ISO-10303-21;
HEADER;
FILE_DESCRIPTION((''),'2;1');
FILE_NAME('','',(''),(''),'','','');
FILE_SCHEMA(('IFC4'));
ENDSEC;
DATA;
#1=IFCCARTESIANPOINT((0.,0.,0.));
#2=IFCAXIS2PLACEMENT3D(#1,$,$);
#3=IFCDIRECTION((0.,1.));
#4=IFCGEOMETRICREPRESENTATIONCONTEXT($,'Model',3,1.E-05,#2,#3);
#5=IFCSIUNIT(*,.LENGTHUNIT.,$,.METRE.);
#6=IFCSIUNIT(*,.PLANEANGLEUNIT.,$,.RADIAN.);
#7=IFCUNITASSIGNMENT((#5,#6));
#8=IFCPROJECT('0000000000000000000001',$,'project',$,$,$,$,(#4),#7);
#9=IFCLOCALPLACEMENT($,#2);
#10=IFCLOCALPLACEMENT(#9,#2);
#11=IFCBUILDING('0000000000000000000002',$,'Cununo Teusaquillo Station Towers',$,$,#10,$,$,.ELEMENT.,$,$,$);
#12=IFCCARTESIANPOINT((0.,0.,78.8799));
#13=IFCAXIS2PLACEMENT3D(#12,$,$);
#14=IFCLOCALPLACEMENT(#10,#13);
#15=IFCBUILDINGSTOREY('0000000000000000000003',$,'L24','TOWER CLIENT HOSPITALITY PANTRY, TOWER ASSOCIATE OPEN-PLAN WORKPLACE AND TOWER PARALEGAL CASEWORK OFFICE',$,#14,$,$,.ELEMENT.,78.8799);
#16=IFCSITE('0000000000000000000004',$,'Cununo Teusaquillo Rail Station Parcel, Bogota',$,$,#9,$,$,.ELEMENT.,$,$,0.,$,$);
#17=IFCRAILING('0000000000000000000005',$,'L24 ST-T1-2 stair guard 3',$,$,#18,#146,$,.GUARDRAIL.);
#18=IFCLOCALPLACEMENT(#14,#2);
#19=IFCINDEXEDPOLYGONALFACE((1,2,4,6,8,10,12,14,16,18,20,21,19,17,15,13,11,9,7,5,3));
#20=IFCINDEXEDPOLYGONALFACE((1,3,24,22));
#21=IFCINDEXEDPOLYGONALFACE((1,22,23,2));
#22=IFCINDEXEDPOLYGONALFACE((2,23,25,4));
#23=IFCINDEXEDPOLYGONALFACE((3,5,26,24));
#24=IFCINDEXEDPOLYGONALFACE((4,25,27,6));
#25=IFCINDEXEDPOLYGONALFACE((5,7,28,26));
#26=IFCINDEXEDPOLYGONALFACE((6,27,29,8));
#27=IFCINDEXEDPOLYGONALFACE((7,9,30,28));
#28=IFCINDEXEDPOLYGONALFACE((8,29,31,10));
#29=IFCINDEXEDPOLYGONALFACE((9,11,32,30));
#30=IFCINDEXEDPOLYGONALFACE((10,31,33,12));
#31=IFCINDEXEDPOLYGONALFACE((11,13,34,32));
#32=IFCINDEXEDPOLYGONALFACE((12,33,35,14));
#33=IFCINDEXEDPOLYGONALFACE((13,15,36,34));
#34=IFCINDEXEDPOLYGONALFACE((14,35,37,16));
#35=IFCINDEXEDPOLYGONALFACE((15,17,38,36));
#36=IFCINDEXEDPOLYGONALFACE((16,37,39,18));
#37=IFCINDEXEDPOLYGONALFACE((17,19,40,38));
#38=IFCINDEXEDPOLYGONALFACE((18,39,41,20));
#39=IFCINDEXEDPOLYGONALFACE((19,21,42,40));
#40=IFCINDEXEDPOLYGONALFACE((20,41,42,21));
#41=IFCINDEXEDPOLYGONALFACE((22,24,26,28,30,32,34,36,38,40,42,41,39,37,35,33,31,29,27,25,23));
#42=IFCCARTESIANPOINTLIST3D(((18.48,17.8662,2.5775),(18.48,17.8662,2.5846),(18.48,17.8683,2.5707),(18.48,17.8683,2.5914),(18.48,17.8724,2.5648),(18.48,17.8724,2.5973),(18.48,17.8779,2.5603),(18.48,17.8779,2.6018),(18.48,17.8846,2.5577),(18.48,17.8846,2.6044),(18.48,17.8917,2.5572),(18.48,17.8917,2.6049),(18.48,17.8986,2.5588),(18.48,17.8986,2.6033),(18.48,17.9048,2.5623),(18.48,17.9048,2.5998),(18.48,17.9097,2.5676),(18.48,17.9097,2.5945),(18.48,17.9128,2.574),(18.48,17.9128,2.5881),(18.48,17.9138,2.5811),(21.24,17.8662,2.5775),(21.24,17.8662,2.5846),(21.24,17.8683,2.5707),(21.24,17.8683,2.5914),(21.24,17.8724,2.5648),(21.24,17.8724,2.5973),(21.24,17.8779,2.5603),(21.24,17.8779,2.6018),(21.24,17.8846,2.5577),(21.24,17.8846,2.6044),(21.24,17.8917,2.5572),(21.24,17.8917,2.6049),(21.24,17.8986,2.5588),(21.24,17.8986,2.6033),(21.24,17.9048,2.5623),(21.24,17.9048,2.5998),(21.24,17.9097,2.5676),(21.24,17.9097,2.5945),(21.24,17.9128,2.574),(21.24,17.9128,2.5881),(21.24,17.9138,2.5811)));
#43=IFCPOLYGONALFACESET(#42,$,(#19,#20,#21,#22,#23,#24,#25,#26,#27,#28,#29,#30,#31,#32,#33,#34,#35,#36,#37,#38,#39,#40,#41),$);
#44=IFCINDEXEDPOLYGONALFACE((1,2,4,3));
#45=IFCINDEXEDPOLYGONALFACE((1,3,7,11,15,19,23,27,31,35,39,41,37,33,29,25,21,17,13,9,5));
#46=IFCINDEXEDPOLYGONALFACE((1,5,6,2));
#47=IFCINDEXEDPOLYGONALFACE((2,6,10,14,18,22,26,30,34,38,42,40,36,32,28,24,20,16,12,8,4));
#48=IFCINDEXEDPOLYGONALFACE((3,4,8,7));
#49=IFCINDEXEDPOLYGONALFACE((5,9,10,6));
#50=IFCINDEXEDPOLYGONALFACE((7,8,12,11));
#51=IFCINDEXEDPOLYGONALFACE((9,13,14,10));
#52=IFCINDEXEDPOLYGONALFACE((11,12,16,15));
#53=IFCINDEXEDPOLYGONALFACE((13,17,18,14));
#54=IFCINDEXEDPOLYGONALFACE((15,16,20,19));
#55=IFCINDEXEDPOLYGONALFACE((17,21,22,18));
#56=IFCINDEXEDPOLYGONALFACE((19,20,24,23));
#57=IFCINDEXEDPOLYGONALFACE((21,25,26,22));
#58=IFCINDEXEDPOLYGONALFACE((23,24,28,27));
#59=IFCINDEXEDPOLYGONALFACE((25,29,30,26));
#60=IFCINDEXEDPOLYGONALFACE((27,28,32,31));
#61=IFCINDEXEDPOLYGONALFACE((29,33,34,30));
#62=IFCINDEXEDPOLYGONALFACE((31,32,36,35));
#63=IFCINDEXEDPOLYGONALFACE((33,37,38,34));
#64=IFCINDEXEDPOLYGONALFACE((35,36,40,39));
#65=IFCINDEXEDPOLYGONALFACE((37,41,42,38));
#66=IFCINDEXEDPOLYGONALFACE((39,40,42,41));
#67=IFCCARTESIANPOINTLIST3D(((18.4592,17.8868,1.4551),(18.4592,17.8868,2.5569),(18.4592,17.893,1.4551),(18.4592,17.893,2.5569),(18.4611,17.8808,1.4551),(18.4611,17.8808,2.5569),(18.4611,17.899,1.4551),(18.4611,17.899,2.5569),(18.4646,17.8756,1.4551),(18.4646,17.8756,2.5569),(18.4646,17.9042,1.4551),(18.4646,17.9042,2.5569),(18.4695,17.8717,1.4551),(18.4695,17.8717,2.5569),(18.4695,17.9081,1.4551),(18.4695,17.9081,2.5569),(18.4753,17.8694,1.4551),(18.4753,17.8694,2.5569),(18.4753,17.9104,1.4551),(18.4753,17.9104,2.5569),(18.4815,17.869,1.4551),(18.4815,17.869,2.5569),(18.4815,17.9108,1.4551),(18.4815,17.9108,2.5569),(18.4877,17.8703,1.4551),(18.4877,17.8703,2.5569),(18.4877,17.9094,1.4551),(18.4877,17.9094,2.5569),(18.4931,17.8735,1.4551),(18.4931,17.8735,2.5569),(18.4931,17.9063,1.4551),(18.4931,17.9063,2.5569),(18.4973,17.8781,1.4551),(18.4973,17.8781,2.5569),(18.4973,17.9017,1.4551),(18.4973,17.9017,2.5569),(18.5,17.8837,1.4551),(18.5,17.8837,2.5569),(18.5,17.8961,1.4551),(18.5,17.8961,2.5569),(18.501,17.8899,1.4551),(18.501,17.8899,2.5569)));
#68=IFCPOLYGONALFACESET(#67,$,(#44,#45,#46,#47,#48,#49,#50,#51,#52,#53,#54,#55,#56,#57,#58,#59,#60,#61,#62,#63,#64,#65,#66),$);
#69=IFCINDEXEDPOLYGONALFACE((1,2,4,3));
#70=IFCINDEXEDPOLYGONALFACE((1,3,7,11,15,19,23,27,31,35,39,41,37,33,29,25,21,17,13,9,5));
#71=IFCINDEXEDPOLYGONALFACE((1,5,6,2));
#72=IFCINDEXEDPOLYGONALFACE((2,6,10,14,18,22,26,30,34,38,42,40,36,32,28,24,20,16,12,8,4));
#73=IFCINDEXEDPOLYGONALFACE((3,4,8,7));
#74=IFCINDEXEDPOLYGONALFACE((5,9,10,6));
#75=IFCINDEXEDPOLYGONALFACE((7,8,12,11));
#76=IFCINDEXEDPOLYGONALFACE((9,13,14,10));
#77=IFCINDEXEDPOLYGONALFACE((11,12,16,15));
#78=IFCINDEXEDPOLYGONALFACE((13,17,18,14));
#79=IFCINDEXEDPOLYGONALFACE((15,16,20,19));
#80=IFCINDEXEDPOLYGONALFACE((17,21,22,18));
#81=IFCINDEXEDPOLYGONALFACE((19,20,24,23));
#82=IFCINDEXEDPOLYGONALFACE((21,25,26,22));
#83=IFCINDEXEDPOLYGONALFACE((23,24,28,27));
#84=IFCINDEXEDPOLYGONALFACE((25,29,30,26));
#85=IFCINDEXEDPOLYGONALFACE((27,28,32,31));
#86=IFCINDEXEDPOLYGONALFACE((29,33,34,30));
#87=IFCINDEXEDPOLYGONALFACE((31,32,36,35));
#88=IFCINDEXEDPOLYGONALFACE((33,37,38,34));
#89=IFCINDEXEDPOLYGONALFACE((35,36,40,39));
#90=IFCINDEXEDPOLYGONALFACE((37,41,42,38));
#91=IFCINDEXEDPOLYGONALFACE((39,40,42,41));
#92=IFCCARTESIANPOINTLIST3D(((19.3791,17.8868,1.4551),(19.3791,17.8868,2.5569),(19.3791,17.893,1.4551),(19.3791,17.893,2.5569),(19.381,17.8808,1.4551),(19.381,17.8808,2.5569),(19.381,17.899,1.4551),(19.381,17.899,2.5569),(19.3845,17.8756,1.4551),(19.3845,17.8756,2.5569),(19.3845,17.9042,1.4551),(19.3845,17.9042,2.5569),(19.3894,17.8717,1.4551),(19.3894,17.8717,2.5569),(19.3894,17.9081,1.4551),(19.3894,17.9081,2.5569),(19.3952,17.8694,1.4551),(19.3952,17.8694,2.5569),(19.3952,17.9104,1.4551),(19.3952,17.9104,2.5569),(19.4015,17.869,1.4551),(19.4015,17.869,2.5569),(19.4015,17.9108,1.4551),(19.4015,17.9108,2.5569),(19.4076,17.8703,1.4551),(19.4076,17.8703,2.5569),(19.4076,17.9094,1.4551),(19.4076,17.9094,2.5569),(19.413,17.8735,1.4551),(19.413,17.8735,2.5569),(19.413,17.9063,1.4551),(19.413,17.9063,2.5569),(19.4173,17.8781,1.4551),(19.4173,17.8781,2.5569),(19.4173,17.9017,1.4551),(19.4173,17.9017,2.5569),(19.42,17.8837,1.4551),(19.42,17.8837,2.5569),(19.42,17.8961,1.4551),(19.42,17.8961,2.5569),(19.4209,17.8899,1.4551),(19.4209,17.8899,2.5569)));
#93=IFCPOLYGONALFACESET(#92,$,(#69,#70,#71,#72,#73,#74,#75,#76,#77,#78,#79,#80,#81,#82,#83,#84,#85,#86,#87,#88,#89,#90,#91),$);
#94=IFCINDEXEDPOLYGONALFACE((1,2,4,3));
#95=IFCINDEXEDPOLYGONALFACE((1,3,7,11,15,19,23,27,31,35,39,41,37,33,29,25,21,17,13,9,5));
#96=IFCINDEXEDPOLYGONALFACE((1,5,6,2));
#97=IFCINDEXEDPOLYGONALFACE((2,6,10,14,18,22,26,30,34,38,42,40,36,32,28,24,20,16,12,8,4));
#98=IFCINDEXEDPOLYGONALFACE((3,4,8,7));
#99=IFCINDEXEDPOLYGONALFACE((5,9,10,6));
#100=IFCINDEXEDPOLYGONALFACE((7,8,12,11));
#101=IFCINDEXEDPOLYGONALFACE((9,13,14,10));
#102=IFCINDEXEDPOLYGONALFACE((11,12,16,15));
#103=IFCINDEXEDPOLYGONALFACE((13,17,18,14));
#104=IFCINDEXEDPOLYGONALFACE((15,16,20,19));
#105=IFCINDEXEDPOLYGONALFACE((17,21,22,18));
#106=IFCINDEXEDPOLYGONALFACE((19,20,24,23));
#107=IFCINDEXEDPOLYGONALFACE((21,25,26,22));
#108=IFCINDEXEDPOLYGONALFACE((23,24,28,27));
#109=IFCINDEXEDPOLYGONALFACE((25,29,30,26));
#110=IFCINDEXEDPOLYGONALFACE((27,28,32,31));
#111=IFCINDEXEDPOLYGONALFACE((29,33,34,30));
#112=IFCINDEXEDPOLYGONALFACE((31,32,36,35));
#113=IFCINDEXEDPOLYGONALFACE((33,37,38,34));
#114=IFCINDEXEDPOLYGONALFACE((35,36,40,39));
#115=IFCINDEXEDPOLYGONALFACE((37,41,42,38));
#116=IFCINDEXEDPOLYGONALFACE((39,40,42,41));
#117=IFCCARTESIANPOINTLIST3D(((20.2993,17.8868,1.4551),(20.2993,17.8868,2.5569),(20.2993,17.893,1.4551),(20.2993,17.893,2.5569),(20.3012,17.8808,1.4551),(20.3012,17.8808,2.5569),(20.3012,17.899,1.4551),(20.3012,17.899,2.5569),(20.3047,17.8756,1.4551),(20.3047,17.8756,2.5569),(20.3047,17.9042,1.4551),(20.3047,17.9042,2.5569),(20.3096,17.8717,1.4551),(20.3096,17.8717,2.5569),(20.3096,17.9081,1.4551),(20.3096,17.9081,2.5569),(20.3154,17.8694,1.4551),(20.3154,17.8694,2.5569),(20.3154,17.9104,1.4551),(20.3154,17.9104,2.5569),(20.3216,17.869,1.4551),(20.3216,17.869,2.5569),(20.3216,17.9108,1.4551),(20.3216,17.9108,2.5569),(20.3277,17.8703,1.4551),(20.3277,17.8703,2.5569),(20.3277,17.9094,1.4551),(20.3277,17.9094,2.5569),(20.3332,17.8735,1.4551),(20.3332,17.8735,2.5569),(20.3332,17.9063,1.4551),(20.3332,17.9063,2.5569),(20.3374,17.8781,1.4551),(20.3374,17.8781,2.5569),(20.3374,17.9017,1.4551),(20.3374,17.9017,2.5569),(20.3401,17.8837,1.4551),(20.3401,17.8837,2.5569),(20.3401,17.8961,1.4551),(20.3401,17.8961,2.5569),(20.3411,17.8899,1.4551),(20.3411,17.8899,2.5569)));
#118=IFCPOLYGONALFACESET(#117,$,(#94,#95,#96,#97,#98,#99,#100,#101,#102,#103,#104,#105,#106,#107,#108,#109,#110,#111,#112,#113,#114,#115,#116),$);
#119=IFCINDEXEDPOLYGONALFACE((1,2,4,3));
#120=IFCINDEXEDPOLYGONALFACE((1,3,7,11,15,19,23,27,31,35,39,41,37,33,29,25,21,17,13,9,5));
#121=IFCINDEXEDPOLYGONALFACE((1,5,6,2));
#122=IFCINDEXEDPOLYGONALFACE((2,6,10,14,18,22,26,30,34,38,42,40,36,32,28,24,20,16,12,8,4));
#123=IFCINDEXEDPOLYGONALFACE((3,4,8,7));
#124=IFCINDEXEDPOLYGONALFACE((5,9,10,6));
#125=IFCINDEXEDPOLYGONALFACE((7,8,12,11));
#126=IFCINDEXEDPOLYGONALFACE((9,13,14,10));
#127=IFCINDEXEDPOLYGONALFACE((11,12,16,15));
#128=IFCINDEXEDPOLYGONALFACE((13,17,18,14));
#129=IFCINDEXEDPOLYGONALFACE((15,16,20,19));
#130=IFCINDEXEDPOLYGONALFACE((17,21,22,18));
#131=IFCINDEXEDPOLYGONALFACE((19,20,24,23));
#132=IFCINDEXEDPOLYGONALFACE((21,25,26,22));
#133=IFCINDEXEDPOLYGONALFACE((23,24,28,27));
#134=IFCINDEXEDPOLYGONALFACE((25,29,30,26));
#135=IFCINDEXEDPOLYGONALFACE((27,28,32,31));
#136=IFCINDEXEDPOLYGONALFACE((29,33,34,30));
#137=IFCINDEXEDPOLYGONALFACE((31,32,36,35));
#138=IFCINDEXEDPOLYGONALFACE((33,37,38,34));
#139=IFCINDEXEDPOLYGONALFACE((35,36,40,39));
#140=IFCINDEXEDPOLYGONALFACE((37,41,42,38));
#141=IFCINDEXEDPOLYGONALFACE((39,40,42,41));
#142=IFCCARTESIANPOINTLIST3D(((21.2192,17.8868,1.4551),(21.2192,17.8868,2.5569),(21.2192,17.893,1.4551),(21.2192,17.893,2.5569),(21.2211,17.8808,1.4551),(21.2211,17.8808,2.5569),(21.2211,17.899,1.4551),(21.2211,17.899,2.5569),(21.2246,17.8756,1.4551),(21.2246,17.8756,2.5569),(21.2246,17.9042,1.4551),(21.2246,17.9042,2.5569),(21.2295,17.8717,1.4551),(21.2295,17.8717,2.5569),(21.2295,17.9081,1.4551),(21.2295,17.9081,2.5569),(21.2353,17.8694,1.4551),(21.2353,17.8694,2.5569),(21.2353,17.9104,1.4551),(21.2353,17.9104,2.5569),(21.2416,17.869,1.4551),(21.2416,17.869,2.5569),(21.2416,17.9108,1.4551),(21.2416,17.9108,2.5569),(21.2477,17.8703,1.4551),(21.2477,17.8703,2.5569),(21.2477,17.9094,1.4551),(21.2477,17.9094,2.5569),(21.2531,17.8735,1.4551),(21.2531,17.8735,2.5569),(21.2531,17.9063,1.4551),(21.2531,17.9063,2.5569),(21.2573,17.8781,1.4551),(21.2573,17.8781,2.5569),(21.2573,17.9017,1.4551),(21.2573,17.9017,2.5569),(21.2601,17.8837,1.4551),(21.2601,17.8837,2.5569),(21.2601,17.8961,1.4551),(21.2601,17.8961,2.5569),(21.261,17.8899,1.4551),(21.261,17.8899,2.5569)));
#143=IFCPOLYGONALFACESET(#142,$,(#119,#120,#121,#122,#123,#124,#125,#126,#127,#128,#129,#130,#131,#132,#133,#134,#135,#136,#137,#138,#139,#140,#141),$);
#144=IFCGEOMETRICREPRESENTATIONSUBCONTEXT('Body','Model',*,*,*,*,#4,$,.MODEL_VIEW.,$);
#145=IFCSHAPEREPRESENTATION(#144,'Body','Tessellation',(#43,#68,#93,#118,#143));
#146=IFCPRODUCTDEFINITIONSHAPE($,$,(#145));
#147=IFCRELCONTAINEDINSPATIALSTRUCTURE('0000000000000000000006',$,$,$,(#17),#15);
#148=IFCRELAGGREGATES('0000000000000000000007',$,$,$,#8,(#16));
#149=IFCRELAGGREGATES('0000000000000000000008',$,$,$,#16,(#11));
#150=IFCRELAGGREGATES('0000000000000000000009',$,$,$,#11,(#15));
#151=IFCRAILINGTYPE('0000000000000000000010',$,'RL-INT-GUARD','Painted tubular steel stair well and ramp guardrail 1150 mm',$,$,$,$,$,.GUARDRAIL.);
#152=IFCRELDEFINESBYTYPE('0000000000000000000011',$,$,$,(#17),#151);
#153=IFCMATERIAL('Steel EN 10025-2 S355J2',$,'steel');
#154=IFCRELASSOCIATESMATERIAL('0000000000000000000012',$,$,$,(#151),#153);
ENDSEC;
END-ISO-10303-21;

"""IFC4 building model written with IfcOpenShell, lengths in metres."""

from ifc_helpers import new_model, si_unit, direction, frame, origin, origin_2d, place, context, subcontext, project, spatial, circle, extrude, material, type_object, element, save


model = new_model("IFC4")

# Units and contexts
model_context = context("Model", 3, precision=1e-05, world=origin(), true_north=direction((0.0, 1.0)))
body_context = subcontext(model_context, "Body", "Model", "MODEL_VIEW")
ifc_project = project(units=[si_unit("LENGTHUNIT", "METRE"), si_unit("PLANEANGLEUNIT", "RADIAN")], contexts=[model_context])

# Site, building, storey
site_placement = place(None, origin())
site = spatial("IfcSite", under=ifc_project, at=site_placement, Name="Cununo Teusaquillo Rail Station Parcel, Bogota", CompositionType="ELEMENT", RefElevation=0.0)
building_placement = place(site_placement, origin())
building = spatial("IfcBuilding", under=site, at=building_placement, Name="Cununo Teusaquillo Station Towers", CompositionType="ELEMENT")
storey_placement = place(building_placement, frame((0.0, 0.0, 78.8799)))
storey = spatial("IfcBuildingStorey", under=building, at=storey_placement, Name="L24", Description="TOWER CLIENT HOSPITALITY PANTRY, TOWER ASSOCIATE OPEN-PLAN WORKPLACE AND TOWER PARALEGAL CASEWORK OFFICE", CompositionType="ELEMENT", Elevation=78.8799)

# Railing
ifc_material_1 = material(Name="Steel EN 10025-2 S355J2", Category="steel")
railing_type_1 = type_object("IfcRailingType", Name="RL-INT-GUARD", Description="Painted tubular steel stair well and ramp guardrail 1150 mm", PredefinedType="GUARDRAIL", material=ifc_material_1)
railing_1_placement = place(storey_placement, frame((18.48, 17.8899, 1.4551)))
element("IfcRailing", 1, at=railing_1_placement, inside=storey, type_object=railing_type_1, Name="L24 ST-T1-2 stair guard 3", PredefinedType="GUARDRAIL", context=body_context, shape_type="SweptSolid", body=[
    extrude(circle(Radius=0.0239, at=origin_2d()), frame((0.0, 0.0, 1.126), z_axis=(1.0, 0.0, 0.0), x_axis=(0.0, 1.0, 0.0)), (0.0, 0.0, 1.0), 2.76),
    extrude(circle(Radius=0.021, at=origin_2d()), origin(), (0.0, 0.0, 1.0), 1.1018),
    extrude(circle(Radius=0.021, at=origin_2d()), frame((0.9199, 0.0, 0.0)), (0.0, 0.0, 1.0), 1.1018),
    extrude(circle(Radius=0.021, at=origin_2d()), frame((1.8401, 0.0, 0.0)), (0.0, 0.0, 1.0), 1.1018),
    extrude(circle(Radius=0.021, at=origin_2d()), frame((2.76, 0.0, 0.0)), (0.0, 0.0, 1.0), 1.1018),
])

save(model, "model.ifc")
